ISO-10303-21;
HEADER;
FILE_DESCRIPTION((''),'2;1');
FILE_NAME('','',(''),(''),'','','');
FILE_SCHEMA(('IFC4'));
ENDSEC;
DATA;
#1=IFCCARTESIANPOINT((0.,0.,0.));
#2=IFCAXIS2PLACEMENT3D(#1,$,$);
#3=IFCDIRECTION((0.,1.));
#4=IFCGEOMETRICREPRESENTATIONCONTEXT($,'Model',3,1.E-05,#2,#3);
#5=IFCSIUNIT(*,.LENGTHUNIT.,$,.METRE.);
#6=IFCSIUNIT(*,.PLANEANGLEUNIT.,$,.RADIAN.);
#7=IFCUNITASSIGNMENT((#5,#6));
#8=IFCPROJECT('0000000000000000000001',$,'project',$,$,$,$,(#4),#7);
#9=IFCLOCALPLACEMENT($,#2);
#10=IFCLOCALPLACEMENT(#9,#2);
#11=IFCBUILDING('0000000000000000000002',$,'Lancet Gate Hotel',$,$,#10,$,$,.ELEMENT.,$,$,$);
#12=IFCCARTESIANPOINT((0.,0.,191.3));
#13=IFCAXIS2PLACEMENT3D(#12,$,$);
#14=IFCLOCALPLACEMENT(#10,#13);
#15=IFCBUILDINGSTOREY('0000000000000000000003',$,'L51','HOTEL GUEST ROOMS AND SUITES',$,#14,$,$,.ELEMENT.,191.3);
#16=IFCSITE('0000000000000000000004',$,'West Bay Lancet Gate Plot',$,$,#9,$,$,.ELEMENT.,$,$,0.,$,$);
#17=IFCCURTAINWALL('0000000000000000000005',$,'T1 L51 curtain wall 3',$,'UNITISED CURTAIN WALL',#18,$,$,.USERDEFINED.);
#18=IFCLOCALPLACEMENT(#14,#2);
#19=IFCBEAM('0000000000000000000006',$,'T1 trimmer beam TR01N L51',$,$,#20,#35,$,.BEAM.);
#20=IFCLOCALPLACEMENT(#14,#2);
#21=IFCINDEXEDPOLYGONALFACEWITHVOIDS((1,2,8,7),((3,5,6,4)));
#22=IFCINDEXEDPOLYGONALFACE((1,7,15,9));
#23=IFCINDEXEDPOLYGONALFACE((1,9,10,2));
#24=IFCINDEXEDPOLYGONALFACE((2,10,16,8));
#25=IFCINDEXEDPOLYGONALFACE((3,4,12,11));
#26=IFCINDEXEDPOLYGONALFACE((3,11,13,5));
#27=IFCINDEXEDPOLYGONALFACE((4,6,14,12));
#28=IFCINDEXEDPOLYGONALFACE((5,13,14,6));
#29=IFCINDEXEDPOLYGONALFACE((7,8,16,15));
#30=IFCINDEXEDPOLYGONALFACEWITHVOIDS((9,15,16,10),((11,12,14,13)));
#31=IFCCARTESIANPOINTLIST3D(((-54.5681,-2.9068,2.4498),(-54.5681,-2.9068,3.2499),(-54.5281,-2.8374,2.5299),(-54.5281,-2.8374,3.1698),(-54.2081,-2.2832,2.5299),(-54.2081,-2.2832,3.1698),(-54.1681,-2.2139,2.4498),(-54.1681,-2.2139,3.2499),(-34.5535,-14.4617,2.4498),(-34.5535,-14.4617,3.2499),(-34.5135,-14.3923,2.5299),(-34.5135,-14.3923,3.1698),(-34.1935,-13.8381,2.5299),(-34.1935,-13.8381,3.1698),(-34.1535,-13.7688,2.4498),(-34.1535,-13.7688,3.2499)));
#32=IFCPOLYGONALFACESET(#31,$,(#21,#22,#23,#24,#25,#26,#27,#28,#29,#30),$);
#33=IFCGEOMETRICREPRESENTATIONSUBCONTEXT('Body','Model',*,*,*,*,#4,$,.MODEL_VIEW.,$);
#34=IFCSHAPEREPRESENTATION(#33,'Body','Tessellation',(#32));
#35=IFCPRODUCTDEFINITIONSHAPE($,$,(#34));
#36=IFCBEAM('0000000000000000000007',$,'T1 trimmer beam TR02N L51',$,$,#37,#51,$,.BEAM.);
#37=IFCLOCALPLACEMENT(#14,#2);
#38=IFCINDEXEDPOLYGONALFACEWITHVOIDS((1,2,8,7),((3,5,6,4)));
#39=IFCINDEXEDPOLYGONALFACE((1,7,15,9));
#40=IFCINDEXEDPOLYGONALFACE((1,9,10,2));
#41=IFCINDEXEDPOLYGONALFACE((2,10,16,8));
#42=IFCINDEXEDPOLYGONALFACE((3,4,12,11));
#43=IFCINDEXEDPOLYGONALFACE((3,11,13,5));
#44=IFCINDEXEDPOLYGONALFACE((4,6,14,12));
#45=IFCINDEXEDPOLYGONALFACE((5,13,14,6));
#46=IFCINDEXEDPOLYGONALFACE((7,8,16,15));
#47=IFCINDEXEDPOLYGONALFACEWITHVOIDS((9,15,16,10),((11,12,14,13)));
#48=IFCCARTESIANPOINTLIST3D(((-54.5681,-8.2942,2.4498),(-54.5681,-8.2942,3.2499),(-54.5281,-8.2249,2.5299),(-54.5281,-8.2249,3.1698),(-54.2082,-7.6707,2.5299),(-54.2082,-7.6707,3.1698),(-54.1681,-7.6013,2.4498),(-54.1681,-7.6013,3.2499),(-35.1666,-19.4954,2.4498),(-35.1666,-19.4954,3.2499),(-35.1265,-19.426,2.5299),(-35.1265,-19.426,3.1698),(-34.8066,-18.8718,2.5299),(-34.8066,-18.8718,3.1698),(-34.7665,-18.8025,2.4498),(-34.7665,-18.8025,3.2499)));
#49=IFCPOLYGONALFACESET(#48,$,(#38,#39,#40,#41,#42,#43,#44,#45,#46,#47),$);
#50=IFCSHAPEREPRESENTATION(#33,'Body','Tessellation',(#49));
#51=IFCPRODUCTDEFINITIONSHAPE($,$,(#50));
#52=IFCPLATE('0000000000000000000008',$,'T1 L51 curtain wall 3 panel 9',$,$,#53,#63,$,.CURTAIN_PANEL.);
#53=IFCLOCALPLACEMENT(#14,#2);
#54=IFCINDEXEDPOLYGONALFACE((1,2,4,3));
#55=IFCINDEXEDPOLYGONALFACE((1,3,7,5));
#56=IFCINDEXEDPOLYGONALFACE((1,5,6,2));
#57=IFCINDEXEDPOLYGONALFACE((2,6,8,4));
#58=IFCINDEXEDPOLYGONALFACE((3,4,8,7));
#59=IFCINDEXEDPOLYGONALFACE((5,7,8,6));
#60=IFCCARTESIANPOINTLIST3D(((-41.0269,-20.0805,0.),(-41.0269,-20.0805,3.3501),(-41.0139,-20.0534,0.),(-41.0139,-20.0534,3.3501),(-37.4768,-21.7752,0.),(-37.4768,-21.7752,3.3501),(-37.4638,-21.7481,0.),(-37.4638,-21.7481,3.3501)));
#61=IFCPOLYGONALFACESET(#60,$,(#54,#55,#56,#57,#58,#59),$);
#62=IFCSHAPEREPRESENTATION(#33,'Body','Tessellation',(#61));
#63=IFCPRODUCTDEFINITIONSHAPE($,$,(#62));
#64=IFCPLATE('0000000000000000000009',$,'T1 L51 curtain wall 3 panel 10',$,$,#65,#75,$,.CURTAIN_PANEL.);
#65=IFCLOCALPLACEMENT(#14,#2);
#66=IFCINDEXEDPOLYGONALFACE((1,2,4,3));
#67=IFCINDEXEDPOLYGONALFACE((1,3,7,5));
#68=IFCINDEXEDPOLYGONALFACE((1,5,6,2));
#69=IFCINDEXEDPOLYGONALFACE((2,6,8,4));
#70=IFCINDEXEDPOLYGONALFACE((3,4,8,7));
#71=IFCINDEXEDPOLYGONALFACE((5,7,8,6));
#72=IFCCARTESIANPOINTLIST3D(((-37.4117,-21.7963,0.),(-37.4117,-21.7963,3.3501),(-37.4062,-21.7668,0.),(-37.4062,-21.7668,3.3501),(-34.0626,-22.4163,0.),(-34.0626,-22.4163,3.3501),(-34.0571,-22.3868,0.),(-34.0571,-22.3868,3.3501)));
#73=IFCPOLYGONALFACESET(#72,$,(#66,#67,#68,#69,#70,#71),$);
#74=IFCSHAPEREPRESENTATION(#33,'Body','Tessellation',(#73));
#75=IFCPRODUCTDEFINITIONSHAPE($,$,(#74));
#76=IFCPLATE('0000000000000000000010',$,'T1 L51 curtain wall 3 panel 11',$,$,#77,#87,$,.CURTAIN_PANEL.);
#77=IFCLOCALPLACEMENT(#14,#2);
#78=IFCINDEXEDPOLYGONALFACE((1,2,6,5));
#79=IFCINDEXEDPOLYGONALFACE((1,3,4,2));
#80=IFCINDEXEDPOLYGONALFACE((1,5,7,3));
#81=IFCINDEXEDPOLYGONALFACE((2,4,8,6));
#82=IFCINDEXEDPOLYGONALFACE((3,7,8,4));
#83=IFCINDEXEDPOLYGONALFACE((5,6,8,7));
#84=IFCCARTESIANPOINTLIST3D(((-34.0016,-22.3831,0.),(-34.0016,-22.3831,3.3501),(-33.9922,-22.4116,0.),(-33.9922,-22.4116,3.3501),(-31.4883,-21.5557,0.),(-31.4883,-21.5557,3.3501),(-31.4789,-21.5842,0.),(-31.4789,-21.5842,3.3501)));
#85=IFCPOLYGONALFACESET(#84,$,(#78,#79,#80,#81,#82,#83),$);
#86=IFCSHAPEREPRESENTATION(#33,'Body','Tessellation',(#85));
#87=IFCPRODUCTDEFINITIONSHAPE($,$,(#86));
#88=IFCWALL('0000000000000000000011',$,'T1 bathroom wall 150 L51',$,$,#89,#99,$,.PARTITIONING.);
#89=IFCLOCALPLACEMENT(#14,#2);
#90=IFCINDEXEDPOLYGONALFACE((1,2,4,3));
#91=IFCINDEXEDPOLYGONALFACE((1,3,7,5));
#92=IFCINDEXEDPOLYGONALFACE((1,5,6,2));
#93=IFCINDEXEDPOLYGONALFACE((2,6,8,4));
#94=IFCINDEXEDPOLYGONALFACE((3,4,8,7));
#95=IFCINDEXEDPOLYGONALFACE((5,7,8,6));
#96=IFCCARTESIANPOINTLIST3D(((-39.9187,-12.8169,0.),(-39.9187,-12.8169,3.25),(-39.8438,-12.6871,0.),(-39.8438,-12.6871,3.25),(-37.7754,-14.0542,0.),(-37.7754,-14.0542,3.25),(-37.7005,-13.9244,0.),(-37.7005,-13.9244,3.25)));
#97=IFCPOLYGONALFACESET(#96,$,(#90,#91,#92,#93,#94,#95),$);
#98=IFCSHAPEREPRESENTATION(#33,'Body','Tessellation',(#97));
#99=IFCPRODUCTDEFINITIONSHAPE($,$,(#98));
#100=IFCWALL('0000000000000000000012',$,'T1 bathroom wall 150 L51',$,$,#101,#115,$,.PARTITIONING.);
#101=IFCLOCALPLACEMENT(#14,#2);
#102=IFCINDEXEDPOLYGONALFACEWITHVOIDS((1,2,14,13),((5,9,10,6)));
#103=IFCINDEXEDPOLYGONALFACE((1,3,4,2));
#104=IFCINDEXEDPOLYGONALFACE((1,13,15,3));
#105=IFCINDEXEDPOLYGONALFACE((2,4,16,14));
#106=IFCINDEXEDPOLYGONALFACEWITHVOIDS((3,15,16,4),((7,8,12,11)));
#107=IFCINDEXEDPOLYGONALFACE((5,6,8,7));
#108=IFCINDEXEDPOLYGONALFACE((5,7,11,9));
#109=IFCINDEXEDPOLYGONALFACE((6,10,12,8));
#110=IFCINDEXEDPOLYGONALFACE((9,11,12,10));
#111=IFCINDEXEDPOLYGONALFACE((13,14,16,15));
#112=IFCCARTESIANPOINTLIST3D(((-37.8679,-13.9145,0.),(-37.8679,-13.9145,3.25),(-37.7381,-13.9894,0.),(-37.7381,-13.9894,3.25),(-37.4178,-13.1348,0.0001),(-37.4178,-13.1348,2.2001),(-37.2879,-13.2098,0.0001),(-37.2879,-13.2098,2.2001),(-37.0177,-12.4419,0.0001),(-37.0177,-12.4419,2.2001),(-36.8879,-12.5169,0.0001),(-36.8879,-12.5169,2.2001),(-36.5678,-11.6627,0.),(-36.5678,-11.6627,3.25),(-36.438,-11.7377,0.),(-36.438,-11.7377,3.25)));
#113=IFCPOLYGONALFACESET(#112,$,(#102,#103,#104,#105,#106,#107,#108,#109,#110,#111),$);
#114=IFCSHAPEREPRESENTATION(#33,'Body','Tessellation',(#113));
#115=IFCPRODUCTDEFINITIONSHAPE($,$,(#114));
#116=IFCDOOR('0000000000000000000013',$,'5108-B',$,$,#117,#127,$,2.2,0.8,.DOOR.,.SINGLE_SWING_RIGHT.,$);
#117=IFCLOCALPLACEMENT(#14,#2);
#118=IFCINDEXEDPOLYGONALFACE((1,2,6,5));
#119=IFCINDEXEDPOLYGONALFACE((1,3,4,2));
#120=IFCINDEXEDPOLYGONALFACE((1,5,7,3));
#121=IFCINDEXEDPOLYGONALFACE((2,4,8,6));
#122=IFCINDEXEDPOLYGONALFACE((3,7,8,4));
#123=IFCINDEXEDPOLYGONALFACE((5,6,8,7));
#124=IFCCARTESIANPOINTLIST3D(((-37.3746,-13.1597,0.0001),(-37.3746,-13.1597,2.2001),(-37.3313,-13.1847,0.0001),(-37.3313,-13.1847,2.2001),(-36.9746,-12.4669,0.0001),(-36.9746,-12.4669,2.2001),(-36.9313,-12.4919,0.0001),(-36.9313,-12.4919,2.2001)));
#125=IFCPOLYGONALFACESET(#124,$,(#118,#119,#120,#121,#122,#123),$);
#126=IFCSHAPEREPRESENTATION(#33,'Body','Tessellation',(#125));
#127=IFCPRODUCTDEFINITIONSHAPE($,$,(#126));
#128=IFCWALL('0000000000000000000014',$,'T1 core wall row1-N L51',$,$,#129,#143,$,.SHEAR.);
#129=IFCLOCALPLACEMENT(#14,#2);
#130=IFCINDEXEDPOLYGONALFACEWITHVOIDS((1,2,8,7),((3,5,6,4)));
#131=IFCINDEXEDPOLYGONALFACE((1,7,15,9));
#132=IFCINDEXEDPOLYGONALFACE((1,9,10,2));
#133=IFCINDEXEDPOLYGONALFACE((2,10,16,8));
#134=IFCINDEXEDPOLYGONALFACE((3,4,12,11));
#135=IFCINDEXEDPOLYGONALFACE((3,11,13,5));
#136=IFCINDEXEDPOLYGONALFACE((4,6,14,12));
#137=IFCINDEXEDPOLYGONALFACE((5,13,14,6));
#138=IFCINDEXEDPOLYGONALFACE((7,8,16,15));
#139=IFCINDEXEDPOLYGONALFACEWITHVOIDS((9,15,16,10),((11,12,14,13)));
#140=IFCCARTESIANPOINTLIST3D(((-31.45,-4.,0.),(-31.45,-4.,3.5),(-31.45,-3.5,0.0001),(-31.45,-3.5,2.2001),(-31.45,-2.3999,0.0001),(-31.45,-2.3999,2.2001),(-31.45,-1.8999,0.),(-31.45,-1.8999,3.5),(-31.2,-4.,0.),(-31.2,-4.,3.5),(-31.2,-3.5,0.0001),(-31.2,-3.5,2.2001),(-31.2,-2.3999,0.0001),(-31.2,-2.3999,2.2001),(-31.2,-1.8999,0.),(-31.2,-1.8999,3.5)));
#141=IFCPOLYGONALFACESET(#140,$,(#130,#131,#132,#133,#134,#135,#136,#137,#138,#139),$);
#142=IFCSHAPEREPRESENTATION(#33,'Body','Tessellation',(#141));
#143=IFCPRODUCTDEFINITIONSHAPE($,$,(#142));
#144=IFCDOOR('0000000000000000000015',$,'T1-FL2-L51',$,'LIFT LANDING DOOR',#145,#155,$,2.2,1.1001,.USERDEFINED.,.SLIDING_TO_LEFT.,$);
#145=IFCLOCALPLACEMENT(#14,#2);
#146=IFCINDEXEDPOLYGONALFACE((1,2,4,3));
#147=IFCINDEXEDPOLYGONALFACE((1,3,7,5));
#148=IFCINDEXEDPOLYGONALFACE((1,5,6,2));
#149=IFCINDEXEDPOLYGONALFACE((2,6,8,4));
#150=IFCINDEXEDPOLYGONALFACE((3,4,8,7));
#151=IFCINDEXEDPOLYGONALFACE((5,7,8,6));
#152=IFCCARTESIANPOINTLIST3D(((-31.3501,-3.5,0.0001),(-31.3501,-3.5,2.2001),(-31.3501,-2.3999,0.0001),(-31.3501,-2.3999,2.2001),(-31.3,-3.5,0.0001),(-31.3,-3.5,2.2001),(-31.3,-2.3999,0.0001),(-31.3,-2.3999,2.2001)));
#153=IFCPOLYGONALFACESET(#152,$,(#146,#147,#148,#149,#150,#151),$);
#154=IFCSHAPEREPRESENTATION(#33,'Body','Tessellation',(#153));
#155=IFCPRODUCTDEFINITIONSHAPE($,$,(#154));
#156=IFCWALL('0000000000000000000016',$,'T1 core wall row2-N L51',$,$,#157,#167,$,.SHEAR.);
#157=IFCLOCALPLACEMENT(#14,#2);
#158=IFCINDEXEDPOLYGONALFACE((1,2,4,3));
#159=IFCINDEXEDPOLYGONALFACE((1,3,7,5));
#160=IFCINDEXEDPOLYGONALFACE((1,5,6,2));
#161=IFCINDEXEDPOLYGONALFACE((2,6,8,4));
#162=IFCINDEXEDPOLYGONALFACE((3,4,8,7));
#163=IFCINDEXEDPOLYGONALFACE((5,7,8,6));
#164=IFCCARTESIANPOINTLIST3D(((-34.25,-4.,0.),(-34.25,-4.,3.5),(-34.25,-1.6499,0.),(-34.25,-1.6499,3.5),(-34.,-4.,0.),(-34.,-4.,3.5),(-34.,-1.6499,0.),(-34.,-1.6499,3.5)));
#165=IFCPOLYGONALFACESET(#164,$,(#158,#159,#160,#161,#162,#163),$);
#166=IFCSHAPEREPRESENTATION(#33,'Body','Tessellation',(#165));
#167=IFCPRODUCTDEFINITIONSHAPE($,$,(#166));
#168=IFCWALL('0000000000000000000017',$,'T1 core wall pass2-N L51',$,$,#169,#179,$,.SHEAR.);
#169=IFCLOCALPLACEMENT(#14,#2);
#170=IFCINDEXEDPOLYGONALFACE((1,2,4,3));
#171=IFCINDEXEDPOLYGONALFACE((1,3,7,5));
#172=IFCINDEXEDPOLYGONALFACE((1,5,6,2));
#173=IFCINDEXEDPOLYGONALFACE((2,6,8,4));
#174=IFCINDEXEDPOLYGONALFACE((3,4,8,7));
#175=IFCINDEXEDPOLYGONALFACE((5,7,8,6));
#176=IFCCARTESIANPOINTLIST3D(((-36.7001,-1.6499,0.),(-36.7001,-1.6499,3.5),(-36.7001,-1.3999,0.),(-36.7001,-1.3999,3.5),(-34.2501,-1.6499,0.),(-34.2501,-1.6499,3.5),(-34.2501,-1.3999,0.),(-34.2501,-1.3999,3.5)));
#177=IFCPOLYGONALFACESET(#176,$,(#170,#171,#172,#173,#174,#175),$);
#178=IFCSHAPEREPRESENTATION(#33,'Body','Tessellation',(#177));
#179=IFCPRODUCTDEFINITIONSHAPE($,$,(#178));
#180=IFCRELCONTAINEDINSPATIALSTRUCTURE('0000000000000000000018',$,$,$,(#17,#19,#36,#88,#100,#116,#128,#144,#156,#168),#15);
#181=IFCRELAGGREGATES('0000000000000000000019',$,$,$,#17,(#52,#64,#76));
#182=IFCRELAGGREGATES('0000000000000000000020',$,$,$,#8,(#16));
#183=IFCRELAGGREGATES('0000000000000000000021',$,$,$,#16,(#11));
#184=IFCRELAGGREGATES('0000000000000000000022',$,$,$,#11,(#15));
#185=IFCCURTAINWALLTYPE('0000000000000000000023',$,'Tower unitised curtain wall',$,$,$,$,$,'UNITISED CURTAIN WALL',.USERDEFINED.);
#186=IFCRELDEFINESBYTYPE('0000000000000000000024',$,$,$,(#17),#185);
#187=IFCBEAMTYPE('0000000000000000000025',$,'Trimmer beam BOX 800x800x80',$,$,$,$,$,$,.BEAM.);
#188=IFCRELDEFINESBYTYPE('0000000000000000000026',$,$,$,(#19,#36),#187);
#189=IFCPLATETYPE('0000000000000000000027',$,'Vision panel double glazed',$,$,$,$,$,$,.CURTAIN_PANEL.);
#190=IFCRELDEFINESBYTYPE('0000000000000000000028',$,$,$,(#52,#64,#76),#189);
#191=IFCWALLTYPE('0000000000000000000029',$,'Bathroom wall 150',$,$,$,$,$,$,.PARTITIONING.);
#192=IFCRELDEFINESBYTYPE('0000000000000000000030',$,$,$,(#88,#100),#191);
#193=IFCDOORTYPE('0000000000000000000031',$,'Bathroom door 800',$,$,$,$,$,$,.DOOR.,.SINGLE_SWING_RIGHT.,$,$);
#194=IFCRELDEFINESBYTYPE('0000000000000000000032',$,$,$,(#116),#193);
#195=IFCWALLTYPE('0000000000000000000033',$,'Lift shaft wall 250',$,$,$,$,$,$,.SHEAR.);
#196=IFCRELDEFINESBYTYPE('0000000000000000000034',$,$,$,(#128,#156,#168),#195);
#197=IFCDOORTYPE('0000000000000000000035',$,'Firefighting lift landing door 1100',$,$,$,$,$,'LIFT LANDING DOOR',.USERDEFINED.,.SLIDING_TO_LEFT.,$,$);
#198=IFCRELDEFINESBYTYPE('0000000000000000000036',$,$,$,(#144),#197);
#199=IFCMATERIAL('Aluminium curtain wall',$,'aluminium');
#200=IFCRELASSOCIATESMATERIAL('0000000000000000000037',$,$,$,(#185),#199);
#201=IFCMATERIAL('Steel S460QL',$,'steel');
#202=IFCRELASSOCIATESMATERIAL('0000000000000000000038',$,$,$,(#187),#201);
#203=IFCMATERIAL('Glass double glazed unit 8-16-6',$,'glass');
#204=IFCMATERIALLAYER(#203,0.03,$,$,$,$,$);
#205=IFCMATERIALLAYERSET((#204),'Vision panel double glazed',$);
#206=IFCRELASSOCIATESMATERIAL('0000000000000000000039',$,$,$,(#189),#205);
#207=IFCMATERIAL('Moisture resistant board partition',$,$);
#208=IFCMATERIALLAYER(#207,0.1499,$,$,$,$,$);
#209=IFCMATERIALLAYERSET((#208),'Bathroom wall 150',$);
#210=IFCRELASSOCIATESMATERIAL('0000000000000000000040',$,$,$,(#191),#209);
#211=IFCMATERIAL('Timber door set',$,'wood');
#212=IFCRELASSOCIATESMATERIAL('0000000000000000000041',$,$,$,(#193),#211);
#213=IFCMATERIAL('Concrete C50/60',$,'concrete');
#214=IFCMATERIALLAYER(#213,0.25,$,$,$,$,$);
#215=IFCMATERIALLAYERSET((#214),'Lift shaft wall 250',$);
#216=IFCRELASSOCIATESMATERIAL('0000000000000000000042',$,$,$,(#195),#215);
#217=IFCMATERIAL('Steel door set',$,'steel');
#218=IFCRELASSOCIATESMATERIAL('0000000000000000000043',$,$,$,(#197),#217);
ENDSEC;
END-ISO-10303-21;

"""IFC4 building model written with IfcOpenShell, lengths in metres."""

from ifc_helpers import new_model, si_unit, direction, frame, frame_2d, origin, origin_2d, place, context, subcontext, project, spatial, rectangle, hollow_rectangle, extrude, material, layer, layer_set, material_profile, profile_set, type_object, element, fill, aggregate, save


model = new_model("IFC4")

# Units and contexts
model_context = context("Model", 3, precision=1e-05, world=origin(), true_north=direction((0.0, 1.0)))
body_context = subcontext(model_context, "Body", "Model", "MODEL_VIEW")
ifc_project = project(units=[si_unit("LENGTHUNIT", "METRE"), si_unit("PLANEANGLEUNIT", "RADIAN")], contexts=[model_context])

# Site, building, storey
site_placement = place(None, origin())
site = spatial("IfcSite", under=ifc_project, at=site_placement, Name="West Bay Lancet Gate Plot", CompositionType="ELEMENT", RefElevation=0.0)
building_placement = place(site_placement, origin())
building = spatial("IfcBuilding", under=site, at=building_placement, Name="Lancet Gate Hotel", CompositionType="ELEMENT")
storey_placement = place(building_placement, frame((0.0, 0.0, 191.3)))
storey = spatial("IfcBuildingStorey", under=building, at=storey_placement, Name="L51", Description="HOTEL GUEST ROOMS AND SUITES", CompositionType="ELEMENT", Elevation=191.3)

# Curtain wall
ifc_material_1 = material(Name="Aluminium curtain wall", Category="aluminium")
curtain_wall_type = type_object("IfcCurtainWallType", Name="Tower unitised curtain wall", ElementType="UNITISED CURTAIN WALL", PredefinedType="USERDEFINED", material=ifc_material_1)
curtain_wall_1_placement = place(storey_placement, origin())
curtain_wall_1 = element("IfcCurtainWall", 1, at=curtain_wall_1_placement, inside=storey, type_object=curtain_wall_type, Name="T1 L51 curtain wall 3", ObjectType="UNITISED CURTAIN WALL", PredefinedType="USERDEFINED")

# Beams
ifc_material_2 = material(Name="Steel S460QL", Category="steel")
ifc_material_profile_1 = material_profile(ifc_material_2, hollow_rectangle(XDim=0.8, YDim=0.8, WallThickness=0.0801, at=origin_2d()), Name="BOX 800x800x80")
ifc_profile_set_1 = profile_set([ifc_material_profile_1], Name="Steel S460QL")
beam_type_1 = type_object("IfcBeamType", Name="Trimmer beam BOX 800x800x80", PredefinedType="BEAM", material=ifc_profile_set_1)
beam_1_placement = place(storey_placement, frame((-34.3535, -14.1152, 2.8499), z_axis=(-0.866035, 0.499983, 0.0), x_axis=(-0.499983, -0.866035, 0.0)))
element("IfcBeam", 2, at=beam_1_placement, inside=storey, type_object=beam_type_1, Name="T1 trimmer beam TR01N L51", PredefinedType="BEAM", context=body_context, shape_type="SweptSolid", body=[
    extrude(hollow_rectangle(XDim=0.8, YDim=0.8, WallThickness=0.0801, at=origin_2d()), origin(), (0.0, 0.0, 1.0), 23.1106),
])
beam_2_placement = place(storey_placement, frame((-34.9666, -19.1489, 2.8499), z_axis=(-0.866032, 0.499988, 0.0), x_axis=(-0.499988, -0.866032, 0.0)))
element("IfcBeam", 3, at=beam_2_placement, inside=storey, type_object=beam_type_1, Name="T1 trimmer beam TR02N L51", PredefinedType="BEAM", context=body_context, shape_type="SweptSolid", body=[
    extrude(hollow_rectangle(XDim=0.8, YDim=0.8, WallThickness=0.0801, at=origin_2d()), origin(), (0.0, 0.0, 1.0), 22.4028),
])

# Plates
ifc_material_3 = material(Name="Glass double glazed unit 8-16-6", Category="glass")
ifc_layer_1 = layer(ifc_material_3, 0.03)
ifc_layer_set_1 = layer_set([ifc_layer_1], Name="Vision panel double glazed")
plate_type = type_object("IfcPlateType", Name="Vision panel double glazed", PredefinedType="CURTAIN_PANEL", material=ifc_layer_set_1)
plate_1_placement = place(storey_placement, frame((-39.2454, -20.9143, 0.0), z_axis=(0.0, 0.0, 1.0), x_axis=(0.902454, -0.430787, 0.0)))
plate_1 = element("IfcPlate", 4, at=plate_1_placement, type_object=plate_type, Name="T1 L51 curtain wall 3 panel 9", PredefinedType="CURTAIN_PANEL", context=body_context, shape_type="SweptSolid", body=[
    extrude(rectangle(XDim=3.9338, YDim=0.03, at=origin_2d()), origin(), (0.0, 0.0, 1.0), 3.3501),
])
plate_2_placement = place(storey_placement, frame((-35.7344, -22.0916, 0.0), z_axis=(0.0, 0.0, 1.0), x_axis=(0.983292, -0.182033, 0.0)))
plate_2 = element("IfcPlate", 5, at=plate_2_placement, type_object=plate_type, Name="T1 L51 curtain wall 3 panel 10", PredefinedType="CURTAIN_PANEL", context=body_context, shape_type="SweptSolid", body=[
    extrude(rectangle(XDim=3.406, YDim=0.03, at=origin_2d()), origin(), (0.0, 0.0, 1.0), 3.3501),
])
plate_3_placement = place(storey_placement, frame((-32.7402, -21.9836, 0.0), z_axis=(0.0, 0.0, 1.0), x_axis=(0.949848, 0.312712, 0.0)))
plate_3 = element("IfcPlate", 6, at=plate_3_placement, type_object=plate_type, Name="T1 L51 curtain wall 3 panel 11", PredefinedType="CURTAIN_PANEL", context=body_context, shape_type="SweptSolid", body=[
    extrude(rectangle(XDim=2.646, YDim=0.03, at=origin_2d()), origin(), (0.0, 0.0, 1.0), 3.3501),
])
aggregate(curtain_wall_1, [plate_1, plate_2, plate_3])

# Wall
ifc_material_4 = material(Name="Moisture resistant board partition")
ifc_layer_2 = layer(ifc_material_4, 0.1499)
ifc_layer_set_2 = layer_set([ifc_layer_2], Name="Bathroom wall 150")
wall_type_1 = type_object("IfcWallType", Name="Bathroom wall 150", PredefinedType="PARTITIONING", material=ifc_layer_set_2)
wall_1_placement = place(storey_placement, frame((-37.738, -13.9893, 0.0), z_axis=(0.0, 0.0, 1.0), x_axis=(-0.866049, 0.499959, 0.0)))
element("IfcWall", 7, at=wall_1_placement, inside=storey, type_object=wall_type_1, Name="T1 bathroom wall 150 L51", PredefinedType="PARTITIONING", context=body_context, shape_type="SweptSolid", body=[
    extrude(rectangle(XDim=2.4749, YDim=0.1499, at=frame_2d((1.2373, 0.0))), origin(), (0.0, 0.0, 1.0), 3.25),
])

# Walls, openings, doors
wall_2_placement = place(storey_placement, frame((-36.5029, -11.7002, 0.0), z_axis=(0.0, 0.0, 1.0), x_axis=(-0.500007, -0.866021, 0.0)))
wall_2 = element("IfcWall", 8, at=wall_2_placement, inside=storey, type_object=wall_type_1, Name="T1 bathroom wall 150 L51", PredefinedType="PARTITIONING", context=body_context, shape_type="SweptSolid", body=[
    extrude(rectangle(XDim=2.6001, YDim=0.1499, at=frame_2d((1.3, 0.0))), origin(), (0.0, 0.0, 1.0), 3.25),
])
opening_1_placement = place(wall_2_placement, frame((0.8999, 0.0, 0.0)))
opening_1 = element("IfcOpeningElement", 9, at=opening_1_placement, cuts=wall_2, PredefinedType="OPENING", context=body_context, shape_type="SweptSolid", body=[
    extrude(rectangle(XDim=0.8, YDim=2.2, at=frame_2d((0.3999, 1.1001))), frame((0.0, 0.085, 0.0), z_axis=(0.0, -1.0, 0.0), x_axis=(1.0, 0.0, 0.0)), (0.0, 0.0, 1.0), 0.1699),
])
ifc_material_5 = material(Name="Timber door set", Category="wood")
door_type_1 = type_object("IfcDoorType", Name="Bathroom door 800", OperationType="SINGLE_SWING_RIGHT", PredefinedType="DOOR", material=ifc_material_5)
door_1_placement = place(opening_1_placement, origin())
door_1 = element("IfcDoor", 10, at=door_1_placement, inside=storey, type_object=door_type_1, Name="5108-B", OperationType="SINGLE_SWING_RIGHT", OverallHeight=2.2, OverallWidth=0.8, PredefinedType="DOOR", context=body_context, shape_type="SweptSolid", body=[
    extrude(rectangle(XDim=0.8, YDim=2.2, at=frame_2d((0.3999, 1.1001))), frame((0.0, 0.0249, 0.0), z_axis=(0.0, -1.0, 0.0), x_axis=(1.0, 0.0, 0.0)), (0.0, 0.0, 1.0), 0.05),
])
fill(opening_1, door_1)
ifc_material_6 = material(Name="Concrete C50/60", Category="concrete")
ifc_layer_3 = layer(ifc_material_6, 0.25)
ifc_layer_set_3 = layer_set([ifc_layer_3], Name="Lift shaft wall 250")
wall_type_2 = type_object("IfcWallType", Name="Lift shaft wall 250", PredefinedType="SHEAR", material=ifc_layer_set_3)
wall_3_placement = place(storey_placement, frame((-31.325, -1.8999, 0.0), z_axis=(0.0, 0.0, 1.0), x_axis=(0.0, -1.0, 0.0)))
wall_3 = element("IfcWall", 11, at=wall_3_placement, inside=storey, type_object=wall_type_2, Name="T1 core wall row1-N L51", PredefinedType="SHEAR", context=body_context, shape_type="SweptSolid", body=[
    extrude(rectangle(XDim=2.1001, YDim=0.25, at=frame_2d((1.05, 0.0))), origin(), (0.0, 0.0, 1.0), 3.5),
])
opening_2_placement = place(wall_3_placement, frame((0.5, 0.0, 0.0)))
opening_2 = element("IfcOpeningElement", 12, at=opening_2_placement, cuts=wall_3, PredefinedType="OPENING", context=body_context, shape_type="SweptSolid", body=[
    extrude(rectangle(XDim=1.1001, YDim=2.2, at=frame_2d((0.55, 1.1001))), frame((0.0, 0.135, 0.0), z_axis=(0.0, -1.0, 0.0), x_axis=(1.0, 0.0, 0.0)), (0.0, 0.0, 1.0), 0.27),
])
ifc_material_7 = material(Name="Steel door set", Category="steel")
door_type_2 = type_object("IfcDoorType", Name="Firefighting lift landing door 1100", ElementType="LIFT LANDING DOOR", OperationType="SLIDING_TO_LEFT", PredefinedType="USERDEFINED", material=ifc_material_7)
door_2_placement = place(opening_2_placement, origin())
door_2 = element("IfcDoor", 13, at=door_2_placement, inside=storey, type_object=door_type_2, Name="T1-FL2-L51", ObjectType="LIFT LANDING DOOR", OperationType="SLIDING_TO_LEFT", OverallHeight=2.2, OverallWidth=1.1001, PredefinedType="USERDEFINED", context=body_context, shape_type="SweptSolid", body=[
    extrude(rectangle(XDim=1.1001, YDim=2.2, at=frame_2d((0.55, 1.1001))), frame((0.0, 0.0249, 0.0), z_axis=(0.0, -1.0, 0.0), x_axis=(1.0, 0.0, 0.0)), (0.0, 0.0, 1.0), 0.05),
])
fill(opening_2, door_2)

# Walls
wall_4_placement = place(storey_placement, frame((-34.125, -1.6499, 0.0), z_axis=(0.0, 0.0, 1.0), x_axis=(0.0, -1.0, 0.0)))
element("IfcWall", 14, at=wall_4_placement, inside=storey, type_object=wall_type_2, Name="T1 core wall row2-N L51", PredefinedType="SHEAR", context=body_context, shape_type="SweptSolid", body=[
    extrude(rectangle(XDim=2.3501, YDim=0.25, at=frame_2d((1.175, 0.0))), origin(), (0.0, 0.0, 1.0), 3.5),
])
wall_5_placement = place(storey_placement, frame((-34.25, -1.5249, 0.0), z_axis=(0.0, 0.0, 1.0), x_axis=(-1.0, 0.0, 0.0)))
element("IfcWall", 15, at=wall_5_placement, inside=storey, type_object=wall_type_2, Name="T1 core wall pass2-N L51", PredefinedType="SHEAR", context=body_context, shape_type="SweptSolid", body=[
    extrude(rectangle(XDim=2.45, YDim=0.25, at=frame_2d((1.2251, 0.0))), origin(), (0.0, 0.0, 1.0), 3.5),
])

save(model, "model.ifc")
